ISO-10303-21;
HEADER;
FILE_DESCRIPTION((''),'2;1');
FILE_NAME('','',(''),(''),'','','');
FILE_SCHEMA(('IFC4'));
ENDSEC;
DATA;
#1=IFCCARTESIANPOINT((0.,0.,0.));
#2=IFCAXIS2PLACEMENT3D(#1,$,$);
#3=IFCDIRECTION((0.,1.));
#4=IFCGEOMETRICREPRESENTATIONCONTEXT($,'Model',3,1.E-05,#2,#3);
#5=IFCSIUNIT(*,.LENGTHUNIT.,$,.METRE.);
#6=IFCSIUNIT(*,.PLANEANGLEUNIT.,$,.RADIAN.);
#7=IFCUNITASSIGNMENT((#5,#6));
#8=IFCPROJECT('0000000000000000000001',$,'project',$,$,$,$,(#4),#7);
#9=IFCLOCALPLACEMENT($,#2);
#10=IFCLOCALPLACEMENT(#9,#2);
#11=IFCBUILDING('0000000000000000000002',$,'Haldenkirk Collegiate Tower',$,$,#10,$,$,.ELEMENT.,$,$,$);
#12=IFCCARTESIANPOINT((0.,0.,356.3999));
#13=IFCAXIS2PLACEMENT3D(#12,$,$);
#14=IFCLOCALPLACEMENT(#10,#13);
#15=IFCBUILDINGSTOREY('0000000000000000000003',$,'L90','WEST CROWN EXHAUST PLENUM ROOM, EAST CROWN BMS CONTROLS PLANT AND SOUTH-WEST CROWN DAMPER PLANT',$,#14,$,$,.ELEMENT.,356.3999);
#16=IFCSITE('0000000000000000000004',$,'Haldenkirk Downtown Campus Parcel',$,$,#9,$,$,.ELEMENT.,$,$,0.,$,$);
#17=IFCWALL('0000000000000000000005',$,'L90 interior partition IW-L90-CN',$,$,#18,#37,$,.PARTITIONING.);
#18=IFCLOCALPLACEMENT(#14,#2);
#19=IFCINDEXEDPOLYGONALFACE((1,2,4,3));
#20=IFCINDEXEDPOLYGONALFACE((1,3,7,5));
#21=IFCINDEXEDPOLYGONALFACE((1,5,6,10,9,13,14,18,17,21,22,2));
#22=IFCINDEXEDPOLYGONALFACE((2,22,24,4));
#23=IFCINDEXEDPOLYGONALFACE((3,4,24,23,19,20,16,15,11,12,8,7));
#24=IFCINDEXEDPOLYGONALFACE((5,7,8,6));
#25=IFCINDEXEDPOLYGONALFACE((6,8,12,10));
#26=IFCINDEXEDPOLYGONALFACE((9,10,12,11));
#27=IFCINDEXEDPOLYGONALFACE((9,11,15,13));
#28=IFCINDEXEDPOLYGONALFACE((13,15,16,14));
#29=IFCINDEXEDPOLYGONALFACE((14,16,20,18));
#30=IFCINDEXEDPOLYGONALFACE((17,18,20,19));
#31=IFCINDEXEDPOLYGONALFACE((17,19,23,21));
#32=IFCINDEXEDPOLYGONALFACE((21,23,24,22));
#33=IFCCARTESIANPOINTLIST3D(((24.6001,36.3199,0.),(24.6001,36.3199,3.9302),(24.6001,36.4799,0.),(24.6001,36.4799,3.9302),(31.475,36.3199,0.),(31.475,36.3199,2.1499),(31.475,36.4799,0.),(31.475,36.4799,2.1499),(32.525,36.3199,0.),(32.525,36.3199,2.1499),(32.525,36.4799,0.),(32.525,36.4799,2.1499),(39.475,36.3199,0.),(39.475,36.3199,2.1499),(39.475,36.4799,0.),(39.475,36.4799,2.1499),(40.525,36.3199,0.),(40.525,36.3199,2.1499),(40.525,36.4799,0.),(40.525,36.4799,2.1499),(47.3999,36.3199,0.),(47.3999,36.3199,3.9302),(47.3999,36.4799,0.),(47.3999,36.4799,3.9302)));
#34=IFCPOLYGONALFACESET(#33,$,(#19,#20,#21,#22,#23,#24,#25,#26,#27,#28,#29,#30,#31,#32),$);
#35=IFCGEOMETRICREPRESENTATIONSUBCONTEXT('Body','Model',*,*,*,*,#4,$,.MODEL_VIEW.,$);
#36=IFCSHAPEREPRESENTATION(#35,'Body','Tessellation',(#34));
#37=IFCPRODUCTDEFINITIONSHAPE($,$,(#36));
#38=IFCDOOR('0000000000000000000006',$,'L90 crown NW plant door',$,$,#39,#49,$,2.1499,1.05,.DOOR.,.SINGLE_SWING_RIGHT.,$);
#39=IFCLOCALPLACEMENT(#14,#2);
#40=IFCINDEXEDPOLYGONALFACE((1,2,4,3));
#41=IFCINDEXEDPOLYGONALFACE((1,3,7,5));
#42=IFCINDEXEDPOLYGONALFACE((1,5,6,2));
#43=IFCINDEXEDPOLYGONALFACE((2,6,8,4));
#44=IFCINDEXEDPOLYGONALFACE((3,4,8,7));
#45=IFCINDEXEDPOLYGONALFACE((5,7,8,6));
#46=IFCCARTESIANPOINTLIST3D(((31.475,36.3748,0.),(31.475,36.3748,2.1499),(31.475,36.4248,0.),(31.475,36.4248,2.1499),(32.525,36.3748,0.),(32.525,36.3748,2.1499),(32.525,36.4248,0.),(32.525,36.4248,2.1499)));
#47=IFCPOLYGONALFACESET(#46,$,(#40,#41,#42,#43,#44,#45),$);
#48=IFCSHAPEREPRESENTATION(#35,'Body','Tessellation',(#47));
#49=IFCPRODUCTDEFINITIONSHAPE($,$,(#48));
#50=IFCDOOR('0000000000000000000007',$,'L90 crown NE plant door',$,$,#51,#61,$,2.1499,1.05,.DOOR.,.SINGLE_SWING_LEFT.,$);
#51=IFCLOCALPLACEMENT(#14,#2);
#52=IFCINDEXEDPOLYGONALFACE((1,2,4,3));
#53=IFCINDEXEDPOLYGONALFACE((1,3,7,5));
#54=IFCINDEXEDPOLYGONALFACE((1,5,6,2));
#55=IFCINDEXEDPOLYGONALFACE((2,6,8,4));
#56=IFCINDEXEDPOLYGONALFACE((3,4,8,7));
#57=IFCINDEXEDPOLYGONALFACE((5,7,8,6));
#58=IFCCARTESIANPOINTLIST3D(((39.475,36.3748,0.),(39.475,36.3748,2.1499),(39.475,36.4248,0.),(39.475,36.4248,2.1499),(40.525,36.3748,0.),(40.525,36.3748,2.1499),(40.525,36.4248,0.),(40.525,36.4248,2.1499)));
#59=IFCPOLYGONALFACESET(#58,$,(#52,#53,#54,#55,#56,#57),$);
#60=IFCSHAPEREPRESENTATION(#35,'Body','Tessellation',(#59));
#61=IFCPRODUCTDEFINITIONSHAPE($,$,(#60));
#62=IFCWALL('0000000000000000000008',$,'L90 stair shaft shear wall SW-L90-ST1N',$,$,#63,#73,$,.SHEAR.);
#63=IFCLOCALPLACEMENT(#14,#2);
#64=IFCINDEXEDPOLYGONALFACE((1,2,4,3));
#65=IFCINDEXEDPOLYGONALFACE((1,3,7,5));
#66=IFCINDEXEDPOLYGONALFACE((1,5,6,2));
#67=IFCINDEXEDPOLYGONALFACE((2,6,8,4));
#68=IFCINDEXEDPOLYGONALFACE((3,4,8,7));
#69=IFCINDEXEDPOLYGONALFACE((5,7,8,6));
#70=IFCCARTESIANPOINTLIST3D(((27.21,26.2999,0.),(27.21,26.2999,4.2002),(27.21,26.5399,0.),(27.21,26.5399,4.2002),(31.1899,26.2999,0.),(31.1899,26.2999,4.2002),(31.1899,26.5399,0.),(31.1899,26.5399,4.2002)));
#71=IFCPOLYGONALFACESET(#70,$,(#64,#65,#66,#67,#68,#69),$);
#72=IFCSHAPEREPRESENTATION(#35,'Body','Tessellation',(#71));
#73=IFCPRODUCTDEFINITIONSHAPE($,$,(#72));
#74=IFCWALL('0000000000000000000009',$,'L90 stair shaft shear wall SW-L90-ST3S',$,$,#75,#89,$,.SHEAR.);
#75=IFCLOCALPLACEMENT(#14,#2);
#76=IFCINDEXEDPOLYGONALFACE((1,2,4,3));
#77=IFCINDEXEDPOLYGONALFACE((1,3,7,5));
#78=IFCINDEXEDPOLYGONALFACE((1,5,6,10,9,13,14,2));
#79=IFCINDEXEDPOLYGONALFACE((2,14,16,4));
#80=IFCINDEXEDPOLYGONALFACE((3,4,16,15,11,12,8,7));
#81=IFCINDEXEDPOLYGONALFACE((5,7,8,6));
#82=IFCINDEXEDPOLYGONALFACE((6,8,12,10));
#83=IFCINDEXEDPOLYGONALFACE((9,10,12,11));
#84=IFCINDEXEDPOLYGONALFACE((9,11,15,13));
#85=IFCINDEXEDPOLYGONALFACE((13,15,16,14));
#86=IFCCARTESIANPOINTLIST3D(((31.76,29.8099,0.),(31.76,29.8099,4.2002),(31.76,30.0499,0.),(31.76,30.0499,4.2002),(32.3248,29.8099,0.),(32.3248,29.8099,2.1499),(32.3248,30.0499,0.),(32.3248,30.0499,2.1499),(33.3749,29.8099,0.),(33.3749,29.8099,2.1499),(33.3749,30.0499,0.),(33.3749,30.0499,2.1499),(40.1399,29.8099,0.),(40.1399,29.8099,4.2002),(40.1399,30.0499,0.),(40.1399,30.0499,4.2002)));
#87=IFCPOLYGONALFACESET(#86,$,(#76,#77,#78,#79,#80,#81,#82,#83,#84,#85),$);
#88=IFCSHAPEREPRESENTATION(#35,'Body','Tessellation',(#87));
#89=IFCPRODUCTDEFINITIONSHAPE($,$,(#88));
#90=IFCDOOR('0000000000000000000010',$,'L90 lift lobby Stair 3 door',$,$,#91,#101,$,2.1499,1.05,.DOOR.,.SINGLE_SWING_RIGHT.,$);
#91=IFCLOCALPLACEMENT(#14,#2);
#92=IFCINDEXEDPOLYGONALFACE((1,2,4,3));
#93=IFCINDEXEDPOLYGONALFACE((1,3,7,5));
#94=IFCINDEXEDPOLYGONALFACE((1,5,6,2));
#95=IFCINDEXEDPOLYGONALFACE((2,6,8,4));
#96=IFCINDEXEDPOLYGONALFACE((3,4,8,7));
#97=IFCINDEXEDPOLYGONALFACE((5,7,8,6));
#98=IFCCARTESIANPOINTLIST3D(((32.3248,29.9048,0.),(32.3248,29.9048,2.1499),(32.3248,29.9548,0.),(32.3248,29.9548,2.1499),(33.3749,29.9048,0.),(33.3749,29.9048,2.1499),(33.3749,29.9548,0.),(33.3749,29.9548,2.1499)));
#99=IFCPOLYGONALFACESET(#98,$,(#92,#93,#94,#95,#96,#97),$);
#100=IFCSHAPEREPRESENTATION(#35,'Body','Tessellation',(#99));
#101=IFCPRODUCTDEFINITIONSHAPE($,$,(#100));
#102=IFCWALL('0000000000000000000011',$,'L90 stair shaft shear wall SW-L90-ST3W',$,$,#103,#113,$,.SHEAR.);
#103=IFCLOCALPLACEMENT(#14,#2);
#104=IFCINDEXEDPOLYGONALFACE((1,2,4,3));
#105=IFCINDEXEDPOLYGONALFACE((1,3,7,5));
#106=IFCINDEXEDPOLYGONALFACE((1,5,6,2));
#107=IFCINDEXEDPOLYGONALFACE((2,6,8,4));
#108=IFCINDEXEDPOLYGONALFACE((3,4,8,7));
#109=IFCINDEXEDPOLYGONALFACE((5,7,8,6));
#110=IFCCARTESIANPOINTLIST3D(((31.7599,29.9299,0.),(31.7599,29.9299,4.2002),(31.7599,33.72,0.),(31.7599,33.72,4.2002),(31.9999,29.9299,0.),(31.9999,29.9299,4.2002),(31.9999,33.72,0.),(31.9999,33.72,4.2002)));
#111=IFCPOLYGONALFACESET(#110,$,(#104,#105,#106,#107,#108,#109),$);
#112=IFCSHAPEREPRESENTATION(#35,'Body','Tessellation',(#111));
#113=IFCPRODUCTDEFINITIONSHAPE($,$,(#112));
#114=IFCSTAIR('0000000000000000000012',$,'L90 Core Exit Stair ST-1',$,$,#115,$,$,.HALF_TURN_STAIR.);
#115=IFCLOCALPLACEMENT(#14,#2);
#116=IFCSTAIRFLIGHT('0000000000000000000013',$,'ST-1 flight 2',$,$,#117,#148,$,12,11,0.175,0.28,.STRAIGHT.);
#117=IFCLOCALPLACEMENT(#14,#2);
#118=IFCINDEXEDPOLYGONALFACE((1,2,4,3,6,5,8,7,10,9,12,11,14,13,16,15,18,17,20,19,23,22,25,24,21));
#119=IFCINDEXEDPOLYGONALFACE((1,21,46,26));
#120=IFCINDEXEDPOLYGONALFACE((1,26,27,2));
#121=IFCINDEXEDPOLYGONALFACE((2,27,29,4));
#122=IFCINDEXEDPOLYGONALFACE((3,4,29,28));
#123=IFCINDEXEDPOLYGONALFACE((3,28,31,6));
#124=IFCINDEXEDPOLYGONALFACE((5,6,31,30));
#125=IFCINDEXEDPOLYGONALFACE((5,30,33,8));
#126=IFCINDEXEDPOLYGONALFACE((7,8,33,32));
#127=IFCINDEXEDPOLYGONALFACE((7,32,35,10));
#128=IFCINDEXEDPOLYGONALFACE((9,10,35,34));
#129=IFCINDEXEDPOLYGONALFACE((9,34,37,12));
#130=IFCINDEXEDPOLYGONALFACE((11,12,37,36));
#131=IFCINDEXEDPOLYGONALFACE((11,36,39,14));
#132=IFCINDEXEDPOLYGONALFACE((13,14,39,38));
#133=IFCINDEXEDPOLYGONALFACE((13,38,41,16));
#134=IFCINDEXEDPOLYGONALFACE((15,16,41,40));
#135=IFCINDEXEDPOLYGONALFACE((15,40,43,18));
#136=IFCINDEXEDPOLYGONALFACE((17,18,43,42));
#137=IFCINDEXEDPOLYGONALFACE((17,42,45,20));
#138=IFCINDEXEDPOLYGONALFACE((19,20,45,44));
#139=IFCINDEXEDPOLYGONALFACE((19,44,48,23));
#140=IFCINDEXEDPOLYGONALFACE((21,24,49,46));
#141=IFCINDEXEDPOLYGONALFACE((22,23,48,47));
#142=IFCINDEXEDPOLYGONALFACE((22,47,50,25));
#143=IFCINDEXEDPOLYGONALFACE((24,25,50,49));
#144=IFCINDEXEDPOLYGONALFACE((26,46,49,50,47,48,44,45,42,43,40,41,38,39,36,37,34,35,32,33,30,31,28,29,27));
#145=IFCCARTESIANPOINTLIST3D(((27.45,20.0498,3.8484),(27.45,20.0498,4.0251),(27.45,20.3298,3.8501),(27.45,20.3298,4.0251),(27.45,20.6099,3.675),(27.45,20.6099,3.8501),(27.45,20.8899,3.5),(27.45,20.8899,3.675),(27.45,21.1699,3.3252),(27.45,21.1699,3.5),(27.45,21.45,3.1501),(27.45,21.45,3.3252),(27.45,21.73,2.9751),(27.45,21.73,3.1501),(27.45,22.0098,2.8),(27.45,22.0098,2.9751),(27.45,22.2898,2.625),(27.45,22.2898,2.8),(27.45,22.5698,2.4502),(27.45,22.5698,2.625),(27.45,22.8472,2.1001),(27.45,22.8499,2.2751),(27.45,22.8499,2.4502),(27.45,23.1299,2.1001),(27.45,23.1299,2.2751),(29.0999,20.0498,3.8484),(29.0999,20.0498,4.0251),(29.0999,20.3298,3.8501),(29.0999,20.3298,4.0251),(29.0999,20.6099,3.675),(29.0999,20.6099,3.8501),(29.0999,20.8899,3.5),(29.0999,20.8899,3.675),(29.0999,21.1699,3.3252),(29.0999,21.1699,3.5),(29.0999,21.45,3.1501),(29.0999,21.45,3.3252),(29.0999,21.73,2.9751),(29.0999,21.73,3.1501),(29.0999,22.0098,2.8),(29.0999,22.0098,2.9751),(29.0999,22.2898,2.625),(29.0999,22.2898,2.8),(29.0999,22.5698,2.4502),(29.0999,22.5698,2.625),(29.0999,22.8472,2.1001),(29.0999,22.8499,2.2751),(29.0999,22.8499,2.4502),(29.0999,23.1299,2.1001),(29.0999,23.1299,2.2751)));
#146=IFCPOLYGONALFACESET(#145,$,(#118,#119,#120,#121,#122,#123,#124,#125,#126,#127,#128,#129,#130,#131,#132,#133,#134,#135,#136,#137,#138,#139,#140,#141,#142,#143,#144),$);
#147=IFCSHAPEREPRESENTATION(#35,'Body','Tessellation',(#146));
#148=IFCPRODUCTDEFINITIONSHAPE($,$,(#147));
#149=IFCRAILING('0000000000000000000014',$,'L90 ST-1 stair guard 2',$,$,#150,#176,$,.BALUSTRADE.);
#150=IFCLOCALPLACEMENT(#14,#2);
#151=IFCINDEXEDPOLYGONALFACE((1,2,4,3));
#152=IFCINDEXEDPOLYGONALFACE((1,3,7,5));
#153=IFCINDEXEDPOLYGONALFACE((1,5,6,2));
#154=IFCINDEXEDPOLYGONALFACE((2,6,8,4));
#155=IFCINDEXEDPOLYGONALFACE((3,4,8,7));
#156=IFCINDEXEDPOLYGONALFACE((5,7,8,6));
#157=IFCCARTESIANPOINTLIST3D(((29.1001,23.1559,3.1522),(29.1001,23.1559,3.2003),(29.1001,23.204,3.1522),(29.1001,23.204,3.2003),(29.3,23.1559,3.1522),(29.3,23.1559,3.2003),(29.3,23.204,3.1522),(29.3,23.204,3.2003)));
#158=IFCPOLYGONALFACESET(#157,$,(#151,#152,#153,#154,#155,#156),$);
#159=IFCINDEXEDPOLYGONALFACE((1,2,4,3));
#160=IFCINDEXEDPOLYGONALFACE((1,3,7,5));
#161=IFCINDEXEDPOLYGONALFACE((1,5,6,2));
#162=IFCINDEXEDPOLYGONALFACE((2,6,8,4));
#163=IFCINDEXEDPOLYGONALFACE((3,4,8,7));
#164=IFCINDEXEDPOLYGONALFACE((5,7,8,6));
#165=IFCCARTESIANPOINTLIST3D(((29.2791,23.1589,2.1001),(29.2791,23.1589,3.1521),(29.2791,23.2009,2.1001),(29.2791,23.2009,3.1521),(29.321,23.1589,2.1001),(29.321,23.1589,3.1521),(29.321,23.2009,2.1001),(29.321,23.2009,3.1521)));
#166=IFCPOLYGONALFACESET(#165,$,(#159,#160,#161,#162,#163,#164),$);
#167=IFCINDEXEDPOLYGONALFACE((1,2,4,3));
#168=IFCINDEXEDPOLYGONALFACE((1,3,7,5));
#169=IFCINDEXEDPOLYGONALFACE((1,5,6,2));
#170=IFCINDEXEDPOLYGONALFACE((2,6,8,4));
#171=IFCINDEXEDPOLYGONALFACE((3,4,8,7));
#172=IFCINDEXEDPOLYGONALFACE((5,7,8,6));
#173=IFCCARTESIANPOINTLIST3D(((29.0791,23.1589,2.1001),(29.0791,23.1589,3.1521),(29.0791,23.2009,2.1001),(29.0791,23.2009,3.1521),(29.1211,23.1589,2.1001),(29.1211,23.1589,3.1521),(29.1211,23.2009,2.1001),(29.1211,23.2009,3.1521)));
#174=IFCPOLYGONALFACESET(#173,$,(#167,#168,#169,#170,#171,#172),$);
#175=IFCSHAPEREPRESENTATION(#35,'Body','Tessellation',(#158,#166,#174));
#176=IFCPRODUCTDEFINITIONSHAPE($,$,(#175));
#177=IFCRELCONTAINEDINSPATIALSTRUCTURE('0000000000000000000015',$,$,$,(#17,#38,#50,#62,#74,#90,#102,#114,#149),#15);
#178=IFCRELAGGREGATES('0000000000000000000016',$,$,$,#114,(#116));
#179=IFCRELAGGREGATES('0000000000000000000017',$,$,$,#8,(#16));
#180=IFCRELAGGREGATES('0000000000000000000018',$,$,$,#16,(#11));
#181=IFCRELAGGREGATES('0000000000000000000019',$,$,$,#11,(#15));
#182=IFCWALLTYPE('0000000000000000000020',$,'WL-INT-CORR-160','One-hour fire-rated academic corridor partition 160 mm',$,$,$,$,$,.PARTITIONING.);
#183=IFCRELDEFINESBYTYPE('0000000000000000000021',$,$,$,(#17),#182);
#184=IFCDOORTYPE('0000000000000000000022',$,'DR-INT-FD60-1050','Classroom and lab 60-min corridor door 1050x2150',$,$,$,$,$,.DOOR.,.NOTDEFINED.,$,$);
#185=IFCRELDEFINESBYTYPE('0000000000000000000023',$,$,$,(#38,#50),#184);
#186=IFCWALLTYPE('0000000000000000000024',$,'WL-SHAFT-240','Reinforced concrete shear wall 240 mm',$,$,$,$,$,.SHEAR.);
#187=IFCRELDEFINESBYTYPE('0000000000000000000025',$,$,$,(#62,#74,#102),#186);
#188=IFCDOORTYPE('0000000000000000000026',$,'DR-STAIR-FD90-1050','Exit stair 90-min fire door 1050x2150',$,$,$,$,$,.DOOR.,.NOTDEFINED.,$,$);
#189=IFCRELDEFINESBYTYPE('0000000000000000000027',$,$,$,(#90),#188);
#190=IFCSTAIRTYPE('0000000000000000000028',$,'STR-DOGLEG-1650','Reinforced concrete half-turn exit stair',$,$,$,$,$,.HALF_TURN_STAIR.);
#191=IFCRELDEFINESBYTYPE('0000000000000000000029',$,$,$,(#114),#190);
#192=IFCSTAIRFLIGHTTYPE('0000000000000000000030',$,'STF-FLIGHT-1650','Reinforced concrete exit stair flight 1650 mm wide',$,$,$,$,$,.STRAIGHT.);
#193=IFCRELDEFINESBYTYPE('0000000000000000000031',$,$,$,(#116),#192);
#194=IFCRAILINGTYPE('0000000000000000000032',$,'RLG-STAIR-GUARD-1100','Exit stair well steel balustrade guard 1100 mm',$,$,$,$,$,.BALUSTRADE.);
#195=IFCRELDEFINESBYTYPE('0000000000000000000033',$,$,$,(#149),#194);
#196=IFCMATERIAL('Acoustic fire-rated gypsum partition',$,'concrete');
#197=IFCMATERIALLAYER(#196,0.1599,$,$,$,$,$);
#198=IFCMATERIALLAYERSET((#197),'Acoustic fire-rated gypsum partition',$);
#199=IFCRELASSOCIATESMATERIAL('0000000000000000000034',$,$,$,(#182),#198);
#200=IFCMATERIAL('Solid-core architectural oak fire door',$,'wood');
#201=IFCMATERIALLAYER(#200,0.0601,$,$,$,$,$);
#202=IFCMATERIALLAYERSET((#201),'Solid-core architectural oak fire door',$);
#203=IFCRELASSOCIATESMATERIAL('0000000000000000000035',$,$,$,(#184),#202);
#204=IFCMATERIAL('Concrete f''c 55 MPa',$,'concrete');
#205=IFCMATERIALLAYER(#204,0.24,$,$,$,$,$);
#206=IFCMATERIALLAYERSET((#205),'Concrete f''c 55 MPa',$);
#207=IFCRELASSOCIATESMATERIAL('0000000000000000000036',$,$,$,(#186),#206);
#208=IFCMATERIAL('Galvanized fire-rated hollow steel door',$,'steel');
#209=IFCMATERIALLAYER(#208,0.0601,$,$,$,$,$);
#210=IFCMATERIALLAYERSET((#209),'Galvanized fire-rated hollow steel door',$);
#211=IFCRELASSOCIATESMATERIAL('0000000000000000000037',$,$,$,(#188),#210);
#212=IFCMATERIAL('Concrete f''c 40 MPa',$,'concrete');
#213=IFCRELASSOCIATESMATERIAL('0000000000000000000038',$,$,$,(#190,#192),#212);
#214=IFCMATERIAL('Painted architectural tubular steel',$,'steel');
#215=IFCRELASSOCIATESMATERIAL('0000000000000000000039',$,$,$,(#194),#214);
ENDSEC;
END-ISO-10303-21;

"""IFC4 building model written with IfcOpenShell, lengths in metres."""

from ifc_helpers import new_model, si_unit, direction, frame, frame_2d, origin, origin_2d, place, context, subcontext, project, spatial, polyline, rectangle, outline, extrude, material, layer, layer_set, type_object, element, fill, aggregate, save


model = new_model("IFC4")

# Units and contexts
model_context = context("Model", 3, precision=1e-05, world=origin(), true_north=direction((0.0, 1.0)))
body_context = subcontext(model_context, "Body", "Model", "MODEL_VIEW")
ifc_project = project(units=[si_unit("LENGTHUNIT", "METRE"), si_unit("PLANEANGLEUNIT", "RADIAN")], contexts=[model_context])

# Site, building, storey
site_placement = place(None, origin())
site = spatial("IfcSite", under=ifc_project, at=site_placement, Name="Haldenkirk Downtown Campus Parcel", CompositionType="ELEMENT", RefElevation=0.0)
building_placement = place(site_placement, origin())
building = spatial("IfcBuilding", under=site, at=building_placement, Name="Haldenkirk Collegiate Tower", CompositionType="ELEMENT")
storey_placement = place(building_placement, frame((0.0, 0.0, 356.3999)))
storey = spatial("IfcBuildingStorey", under=building, at=storey_placement, Name="L90", Description="WEST CROWN EXHAUST PLENUM ROOM, EAST CROWN BMS CONTROLS PLANT AND SOUTH-WEST CROWN DAMPER PLANT", CompositionType="ELEMENT", Elevation=356.3999)

# Shared definitions
ifc_material_1 = material(Name="Concrete f'c 55 MPa", Category="concrete")

# Shared definitions
ifc_material_2 = material(Name="Acoustic fire-rated gypsum partition", Category="concrete")
ifc_layer_1 = layer(ifc_material_2, 0.1599)
ifc_layer_set_1 = layer_set([ifc_layer_1], Name="Acoustic fire-rated gypsum partition")
wall_type_1 = type_object("IfcWallType", Name="WL-INT-CORR-160", Description="One-hour fire-rated academic corridor partition 160 mm", PredefinedType="PARTITIONING", material=ifc_layer_set_1)
ifc_material_3 = material(Name="Solid-core architectural oak fire door", Category="wood")

# Wall, openings, doors
wall_1_placement = place(storey_placement, frame((24.6001, 36.3999, 0.0), z_axis=(0.0, 0.0, 1.0), x_axis=(1.0, 0.0, 0.0)))
wall_1 = element("IfcWall", 1, at=wall_1_placement, inside=storey, type_object=wall_type_1, Name="L90 interior partition IW-L90-CN", PredefinedType="PARTITIONING", context=body_context, shape_type="SweptSolid", body=[
    extrude(rectangle(XDim=22.7998, YDim=0.1599, at=frame_2d((11.3999, 0.0))), origin(), (0.0, 0.0, 1.0), 3.9302),
])
opening_1_placement = place(wall_1_placement, frame((6.875, 0.0, 0.0)))
opening_1 = element("IfcOpeningElement", 2, at=opening_1_placement, cuts=wall_1, PredefinedType="OPENING", context=body_context, shape_type="SweptSolid", body=[
    extrude(rectangle(XDim=1.05, YDim=2.1499, at=frame_2d((0.5249, 1.075))), frame((0.0, 0.0898, 0.0), z_axis=(0.0, -1.0, 0.0), x_axis=(1.0, 0.0, 0.0)), (0.0, 0.0, 1.0), 0.1799),
])
opening_2_placement = place(wall_1_placement, frame((14.875, 0.0, 0.0)))
opening_2 = element("IfcOpeningElement", 3, at=opening_2_placement, cuts=wall_1, PredefinedType="OPENING", context=body_context, shape_type="SweptSolid", body=[
    extrude(rectangle(XDim=1.05, YDim=2.1499, at=frame_2d((0.5249, 1.075))), frame((0.0, 0.0898, 0.0), z_axis=(0.0, -1.0, 0.0), x_axis=(1.0, 0.0, 0.0)), (0.0, 0.0, 1.0), 0.1799),
])
ifc_layer_2 = layer(ifc_material_3, 0.0601)
ifc_layer_set_2 = layer_set([ifc_layer_2], Name="Solid-core architectural oak fire door")
door_type_1 = type_object("IfcDoorType", Name="DR-INT-FD60-1050", Description="Classroom and lab 60-min corridor door 1050x2150", OperationType="NOTDEFINED", PredefinedType="DOOR", material=ifc_layer_set_2)
door_1_placement = place(opening_1_placement, origin())
door_1 = element("IfcDoor", 4, at=door_1_placement, inside=storey, type_object=door_type_1, Name="L90 crown NW plant door", OperationType="SINGLE_SWING_RIGHT", OverallHeight=2.1499, OverallWidth=1.05, PredefinedType="DOOR", context=body_context, shape_type="SweptSolid", body=[
    extrude(rectangle(XDim=1.05, YDim=2.1499, at=frame_2d((0.5249, 1.075))), frame((0.0, 0.0249, 0.0), z_axis=(0.0, -1.0, 0.0), x_axis=(1.0, 0.0, 0.0)), (0.0, 0.0, 1.0), 0.05),
])
fill(opening_1, door_1)
door_2_placement = place(opening_2_placement, origin())
door_2 = element("IfcDoor", 5, at=door_2_placement, inside=storey, type_object=door_type_1, Name="L90 crown NE plant door", OperationType="SINGLE_SWING_LEFT", OverallHeight=2.1499, OverallWidth=1.05, PredefinedType="DOOR", context=body_context, shape_type="SweptSolid", body=[
    extrude(rectangle(XDim=1.05, YDim=2.1499, at=frame_2d((0.5249, 1.075))), frame((0.0, 0.0249, 0.0), z_axis=(0.0, -1.0, 0.0), x_axis=(1.0, 0.0, 0.0)), (0.0, 0.0, 1.0), 0.05),
])
fill(opening_2, door_2)

# Wall
ifc_layer_3 = layer(ifc_material_1, 0.24)
ifc_layer_set_3 = layer_set([ifc_layer_3], Name="Concrete f'c 55 MPa")
wall_type_2 = type_object("IfcWallType", Name="WL-SHAFT-240", Description="Reinforced concrete shear wall 240 mm", PredefinedType="SHEAR", material=ifc_layer_set_3)
wall_2_placement = place(storey_placement, frame((27.21, 26.4199, 0.0), z_axis=(0.0, 0.0, 1.0), x_axis=(1.0, 0.0, 0.0)))
element("IfcWall", 6, at=wall_2_placement, inside=storey, type_object=wall_type_2, Name="L90 stair shaft shear wall SW-L90-ST1N", PredefinedType="SHEAR", context=body_context, shape_type="SweptSolid", body=[
    extrude(rectangle(XDim=3.98, YDim=0.24, at=frame_2d((1.99, 0.0))), origin(), (0.0, 0.0, 1.0), 4.2002),
])

# Wall, opening, door
wall_3_placement = place(storey_placement, frame((31.76, 29.9299, 0.0), z_axis=(0.0, 0.0, 1.0), x_axis=(1.0, 0.0, 0.0)))
wall_3 = element("IfcWall", 7, at=wall_3_placement, inside=storey, type_object=wall_type_2, Name="L90 stair shaft shear wall SW-L90-ST3S", PredefinedType="SHEAR", context=body_context, shape_type="SweptSolid", body=[
    extrude(rectangle(XDim=8.3799, YDim=0.24, at=frame_2d((4.1899, 0.0))), origin(), (0.0, 0.0, 1.0), 4.2002),
])
opening_3_placement = place(wall_3_placement, frame((0.5649, 0.0, 0.0)))
opening_3 = element("IfcOpeningElement", 8, at=opening_3_placement, cuts=wall_3, PredefinedType="OPENING", context=body_context, shape_type="SweptSolid", body=[
    extrude(rectangle(XDim=1.05, YDim=2.1499, at=frame_2d((0.5249, 1.075))), frame((0.0, 0.1299, 0.0), z_axis=(0.0, -1.0, 0.0), x_axis=(1.0, 0.0, 0.0)), (0.0, 0.0, 1.0), 0.26),
])
ifc_material_4 = material(Name="Galvanized fire-rated hollow steel door", Category="steel")
ifc_layer_4 = layer(ifc_material_4, 0.0601)
ifc_layer_set_4 = layer_set([ifc_layer_4], Name="Galvanized fire-rated hollow steel door")
door_type_2 = type_object("IfcDoorType", Name="DR-STAIR-FD90-1050", Description="Exit stair 90-min fire door 1050x2150", OperationType="NOTDEFINED", PredefinedType="DOOR", material=ifc_layer_set_4)
door_3_placement = place(opening_3_placement, origin())
door_3 = element("IfcDoor", 9, at=door_3_placement, inside=storey, type_object=door_type_2, Name="L90 lift lobby Stair 3 door", OperationType="SINGLE_SWING_RIGHT", OverallHeight=2.1499, OverallWidth=1.05, PredefinedType="DOOR", context=body_context, shape_type="SweptSolid", body=[
    extrude(rectangle(XDim=1.05, YDim=2.1499, at=frame_2d((0.5249, 1.075))), frame((0.0, 0.0249, 0.0), z_axis=(0.0, -1.0, 0.0), x_axis=(1.0, 0.0, 0.0)), (0.0, 0.0, 1.0), 0.05),
])
fill(opening_3, door_3)

# Wall
wall_4_placement = place(storey_placement, frame((31.8799, 29.9299, 0.0), z_axis=(0.0, 0.0, 1.0), x_axis=(0.0, 1.0, 0.0)))
element("IfcWall", 10, at=wall_4_placement, inside=storey, type_object=wall_type_2, Name="L90 stair shaft shear wall SW-L90-ST3W", PredefinedType="SHEAR", context=body_context, shape_type="SweptSolid", body=[
    extrude(rectangle(XDim=3.79, YDim=0.24, at=frame_2d((1.895, 0.0))), origin(), (0.0, 0.0, 1.0), 4.2002),
])

# Stair, stair flight
ifc_material_5 = material(Name="Concrete f'c 40 MPa", Category="concrete")
stair_type = type_object("IfcStairType", Name="STR-DOGLEG-1650", Description="Reinforced concrete half-turn exit stair", PredefinedType="HALF_TURN_STAIR", material=ifc_material_5)
stair_placement = place(storey_placement, origin())
stair = element("IfcStair", 11, at=stair_placement, inside=storey, type_object=stair_type, Name="L90 Core Exit Stair ST-1", PredefinedType="HALF_TURN_STAIR")
stair_flight_type = type_object("IfcStairFlightType", Name="STF-FLIGHT-1650", Description="Reinforced concrete exit stair flight 1650 mm wide", PredefinedType="STRAIGHT", material=ifc_material_5)
stair_flight_placement = place(storey_placement, frame((28.2749, 23.1299, 2.1001), z_axis=(0.0, 0.0, 1.0), x_axis=(0.0, -1.0, 0.0)))
stair_flight = element("IfcStairFlight", 12, at=stair_flight_placement, type_object=stair_flight_type, Name="ST-1 flight 2", NumberOfRisers=12, NumberOfTreads=11, PredefinedType="STRAIGHT", RiserHeight=0.175, TreadLength=0.28, context=body_context, shape_type="SweptSolid", body=[
    extrude(outline(polyline([(0.0, 0.0), (0.0, 0.175), (0.28, 0.175), (0.28, 0.3501), (0.5601, 0.3501), (0.5601, 0.5249), (0.8401, 0.5249), (0.8401, 0.7), (1.1201, 0.7), (1.1201, 0.875), (1.3999, 0.875), (1.3999, 1.05), (1.6799, 1.05), (1.6799, 1.2251), (1.96, 1.2251), (1.96, 1.3999), (2.24, 1.3999), (2.24, 1.575), (2.52, 1.575), (2.52, 1.75), (2.8, 1.75), (2.8, 1.925), (3.0801, 1.925), (3.0801, 2.1001), (3.0801, 1.7483), (0.2827, 0.0), (0.0, 0.0)])), frame((0.0, 0.825, 0.0), z_axis=(0.0, -1.0, 0.0), x_axis=(1.0, 0.0, 0.0)), (0.0, 0.0, 1.0), 1.6499),
])
aggregate(stair, [stair_flight])

# Railing
ifc_material_6 = material(Name="Painted architectural tubular steel", Category="steel")
railing_type_1 = type_object("IfcRailingType", Name="RLG-STAIR-GUARD-1100", Description="Exit stair well steel balustrade guard 1100 mm", PredefinedType="BALUSTRADE", material=ifc_material_6)
railing_1_placement = place(storey_placement, frame((29.3, 23.1799, 2.1001)))
element("IfcRailing", 13, at=railing_1_placement, inside=storey, type_object=railing_type_1, Name="L90 ST-1 stair guard 2", PredefinedType="BALUSTRADE", context=body_context, shape_type="SweptSolid", body=[
    extrude(rectangle(XDim=0.0481, YDim=0.0481, at=origin_2d()), frame((0.0, 0.0, 1.0762), z_axis=(-1.0, 0.0, 0.0), x_axis=(0.0, -1.0, 0.0)), (0.0, 0.0, 1.0), 0.2),
    extrude(rectangle(XDim=0.042, YDim=0.042, at=origin_2d()), origin(), (0.0, 0.0, 1.0), 1.052),
    extrude(rectangle(XDim=0.042, YDim=0.042, at=origin_2d()), frame((-0.2, 0.0, 0.0)), (0.0, 0.0, 1.0), 1.052),
])

save(model, "model.ifc")
